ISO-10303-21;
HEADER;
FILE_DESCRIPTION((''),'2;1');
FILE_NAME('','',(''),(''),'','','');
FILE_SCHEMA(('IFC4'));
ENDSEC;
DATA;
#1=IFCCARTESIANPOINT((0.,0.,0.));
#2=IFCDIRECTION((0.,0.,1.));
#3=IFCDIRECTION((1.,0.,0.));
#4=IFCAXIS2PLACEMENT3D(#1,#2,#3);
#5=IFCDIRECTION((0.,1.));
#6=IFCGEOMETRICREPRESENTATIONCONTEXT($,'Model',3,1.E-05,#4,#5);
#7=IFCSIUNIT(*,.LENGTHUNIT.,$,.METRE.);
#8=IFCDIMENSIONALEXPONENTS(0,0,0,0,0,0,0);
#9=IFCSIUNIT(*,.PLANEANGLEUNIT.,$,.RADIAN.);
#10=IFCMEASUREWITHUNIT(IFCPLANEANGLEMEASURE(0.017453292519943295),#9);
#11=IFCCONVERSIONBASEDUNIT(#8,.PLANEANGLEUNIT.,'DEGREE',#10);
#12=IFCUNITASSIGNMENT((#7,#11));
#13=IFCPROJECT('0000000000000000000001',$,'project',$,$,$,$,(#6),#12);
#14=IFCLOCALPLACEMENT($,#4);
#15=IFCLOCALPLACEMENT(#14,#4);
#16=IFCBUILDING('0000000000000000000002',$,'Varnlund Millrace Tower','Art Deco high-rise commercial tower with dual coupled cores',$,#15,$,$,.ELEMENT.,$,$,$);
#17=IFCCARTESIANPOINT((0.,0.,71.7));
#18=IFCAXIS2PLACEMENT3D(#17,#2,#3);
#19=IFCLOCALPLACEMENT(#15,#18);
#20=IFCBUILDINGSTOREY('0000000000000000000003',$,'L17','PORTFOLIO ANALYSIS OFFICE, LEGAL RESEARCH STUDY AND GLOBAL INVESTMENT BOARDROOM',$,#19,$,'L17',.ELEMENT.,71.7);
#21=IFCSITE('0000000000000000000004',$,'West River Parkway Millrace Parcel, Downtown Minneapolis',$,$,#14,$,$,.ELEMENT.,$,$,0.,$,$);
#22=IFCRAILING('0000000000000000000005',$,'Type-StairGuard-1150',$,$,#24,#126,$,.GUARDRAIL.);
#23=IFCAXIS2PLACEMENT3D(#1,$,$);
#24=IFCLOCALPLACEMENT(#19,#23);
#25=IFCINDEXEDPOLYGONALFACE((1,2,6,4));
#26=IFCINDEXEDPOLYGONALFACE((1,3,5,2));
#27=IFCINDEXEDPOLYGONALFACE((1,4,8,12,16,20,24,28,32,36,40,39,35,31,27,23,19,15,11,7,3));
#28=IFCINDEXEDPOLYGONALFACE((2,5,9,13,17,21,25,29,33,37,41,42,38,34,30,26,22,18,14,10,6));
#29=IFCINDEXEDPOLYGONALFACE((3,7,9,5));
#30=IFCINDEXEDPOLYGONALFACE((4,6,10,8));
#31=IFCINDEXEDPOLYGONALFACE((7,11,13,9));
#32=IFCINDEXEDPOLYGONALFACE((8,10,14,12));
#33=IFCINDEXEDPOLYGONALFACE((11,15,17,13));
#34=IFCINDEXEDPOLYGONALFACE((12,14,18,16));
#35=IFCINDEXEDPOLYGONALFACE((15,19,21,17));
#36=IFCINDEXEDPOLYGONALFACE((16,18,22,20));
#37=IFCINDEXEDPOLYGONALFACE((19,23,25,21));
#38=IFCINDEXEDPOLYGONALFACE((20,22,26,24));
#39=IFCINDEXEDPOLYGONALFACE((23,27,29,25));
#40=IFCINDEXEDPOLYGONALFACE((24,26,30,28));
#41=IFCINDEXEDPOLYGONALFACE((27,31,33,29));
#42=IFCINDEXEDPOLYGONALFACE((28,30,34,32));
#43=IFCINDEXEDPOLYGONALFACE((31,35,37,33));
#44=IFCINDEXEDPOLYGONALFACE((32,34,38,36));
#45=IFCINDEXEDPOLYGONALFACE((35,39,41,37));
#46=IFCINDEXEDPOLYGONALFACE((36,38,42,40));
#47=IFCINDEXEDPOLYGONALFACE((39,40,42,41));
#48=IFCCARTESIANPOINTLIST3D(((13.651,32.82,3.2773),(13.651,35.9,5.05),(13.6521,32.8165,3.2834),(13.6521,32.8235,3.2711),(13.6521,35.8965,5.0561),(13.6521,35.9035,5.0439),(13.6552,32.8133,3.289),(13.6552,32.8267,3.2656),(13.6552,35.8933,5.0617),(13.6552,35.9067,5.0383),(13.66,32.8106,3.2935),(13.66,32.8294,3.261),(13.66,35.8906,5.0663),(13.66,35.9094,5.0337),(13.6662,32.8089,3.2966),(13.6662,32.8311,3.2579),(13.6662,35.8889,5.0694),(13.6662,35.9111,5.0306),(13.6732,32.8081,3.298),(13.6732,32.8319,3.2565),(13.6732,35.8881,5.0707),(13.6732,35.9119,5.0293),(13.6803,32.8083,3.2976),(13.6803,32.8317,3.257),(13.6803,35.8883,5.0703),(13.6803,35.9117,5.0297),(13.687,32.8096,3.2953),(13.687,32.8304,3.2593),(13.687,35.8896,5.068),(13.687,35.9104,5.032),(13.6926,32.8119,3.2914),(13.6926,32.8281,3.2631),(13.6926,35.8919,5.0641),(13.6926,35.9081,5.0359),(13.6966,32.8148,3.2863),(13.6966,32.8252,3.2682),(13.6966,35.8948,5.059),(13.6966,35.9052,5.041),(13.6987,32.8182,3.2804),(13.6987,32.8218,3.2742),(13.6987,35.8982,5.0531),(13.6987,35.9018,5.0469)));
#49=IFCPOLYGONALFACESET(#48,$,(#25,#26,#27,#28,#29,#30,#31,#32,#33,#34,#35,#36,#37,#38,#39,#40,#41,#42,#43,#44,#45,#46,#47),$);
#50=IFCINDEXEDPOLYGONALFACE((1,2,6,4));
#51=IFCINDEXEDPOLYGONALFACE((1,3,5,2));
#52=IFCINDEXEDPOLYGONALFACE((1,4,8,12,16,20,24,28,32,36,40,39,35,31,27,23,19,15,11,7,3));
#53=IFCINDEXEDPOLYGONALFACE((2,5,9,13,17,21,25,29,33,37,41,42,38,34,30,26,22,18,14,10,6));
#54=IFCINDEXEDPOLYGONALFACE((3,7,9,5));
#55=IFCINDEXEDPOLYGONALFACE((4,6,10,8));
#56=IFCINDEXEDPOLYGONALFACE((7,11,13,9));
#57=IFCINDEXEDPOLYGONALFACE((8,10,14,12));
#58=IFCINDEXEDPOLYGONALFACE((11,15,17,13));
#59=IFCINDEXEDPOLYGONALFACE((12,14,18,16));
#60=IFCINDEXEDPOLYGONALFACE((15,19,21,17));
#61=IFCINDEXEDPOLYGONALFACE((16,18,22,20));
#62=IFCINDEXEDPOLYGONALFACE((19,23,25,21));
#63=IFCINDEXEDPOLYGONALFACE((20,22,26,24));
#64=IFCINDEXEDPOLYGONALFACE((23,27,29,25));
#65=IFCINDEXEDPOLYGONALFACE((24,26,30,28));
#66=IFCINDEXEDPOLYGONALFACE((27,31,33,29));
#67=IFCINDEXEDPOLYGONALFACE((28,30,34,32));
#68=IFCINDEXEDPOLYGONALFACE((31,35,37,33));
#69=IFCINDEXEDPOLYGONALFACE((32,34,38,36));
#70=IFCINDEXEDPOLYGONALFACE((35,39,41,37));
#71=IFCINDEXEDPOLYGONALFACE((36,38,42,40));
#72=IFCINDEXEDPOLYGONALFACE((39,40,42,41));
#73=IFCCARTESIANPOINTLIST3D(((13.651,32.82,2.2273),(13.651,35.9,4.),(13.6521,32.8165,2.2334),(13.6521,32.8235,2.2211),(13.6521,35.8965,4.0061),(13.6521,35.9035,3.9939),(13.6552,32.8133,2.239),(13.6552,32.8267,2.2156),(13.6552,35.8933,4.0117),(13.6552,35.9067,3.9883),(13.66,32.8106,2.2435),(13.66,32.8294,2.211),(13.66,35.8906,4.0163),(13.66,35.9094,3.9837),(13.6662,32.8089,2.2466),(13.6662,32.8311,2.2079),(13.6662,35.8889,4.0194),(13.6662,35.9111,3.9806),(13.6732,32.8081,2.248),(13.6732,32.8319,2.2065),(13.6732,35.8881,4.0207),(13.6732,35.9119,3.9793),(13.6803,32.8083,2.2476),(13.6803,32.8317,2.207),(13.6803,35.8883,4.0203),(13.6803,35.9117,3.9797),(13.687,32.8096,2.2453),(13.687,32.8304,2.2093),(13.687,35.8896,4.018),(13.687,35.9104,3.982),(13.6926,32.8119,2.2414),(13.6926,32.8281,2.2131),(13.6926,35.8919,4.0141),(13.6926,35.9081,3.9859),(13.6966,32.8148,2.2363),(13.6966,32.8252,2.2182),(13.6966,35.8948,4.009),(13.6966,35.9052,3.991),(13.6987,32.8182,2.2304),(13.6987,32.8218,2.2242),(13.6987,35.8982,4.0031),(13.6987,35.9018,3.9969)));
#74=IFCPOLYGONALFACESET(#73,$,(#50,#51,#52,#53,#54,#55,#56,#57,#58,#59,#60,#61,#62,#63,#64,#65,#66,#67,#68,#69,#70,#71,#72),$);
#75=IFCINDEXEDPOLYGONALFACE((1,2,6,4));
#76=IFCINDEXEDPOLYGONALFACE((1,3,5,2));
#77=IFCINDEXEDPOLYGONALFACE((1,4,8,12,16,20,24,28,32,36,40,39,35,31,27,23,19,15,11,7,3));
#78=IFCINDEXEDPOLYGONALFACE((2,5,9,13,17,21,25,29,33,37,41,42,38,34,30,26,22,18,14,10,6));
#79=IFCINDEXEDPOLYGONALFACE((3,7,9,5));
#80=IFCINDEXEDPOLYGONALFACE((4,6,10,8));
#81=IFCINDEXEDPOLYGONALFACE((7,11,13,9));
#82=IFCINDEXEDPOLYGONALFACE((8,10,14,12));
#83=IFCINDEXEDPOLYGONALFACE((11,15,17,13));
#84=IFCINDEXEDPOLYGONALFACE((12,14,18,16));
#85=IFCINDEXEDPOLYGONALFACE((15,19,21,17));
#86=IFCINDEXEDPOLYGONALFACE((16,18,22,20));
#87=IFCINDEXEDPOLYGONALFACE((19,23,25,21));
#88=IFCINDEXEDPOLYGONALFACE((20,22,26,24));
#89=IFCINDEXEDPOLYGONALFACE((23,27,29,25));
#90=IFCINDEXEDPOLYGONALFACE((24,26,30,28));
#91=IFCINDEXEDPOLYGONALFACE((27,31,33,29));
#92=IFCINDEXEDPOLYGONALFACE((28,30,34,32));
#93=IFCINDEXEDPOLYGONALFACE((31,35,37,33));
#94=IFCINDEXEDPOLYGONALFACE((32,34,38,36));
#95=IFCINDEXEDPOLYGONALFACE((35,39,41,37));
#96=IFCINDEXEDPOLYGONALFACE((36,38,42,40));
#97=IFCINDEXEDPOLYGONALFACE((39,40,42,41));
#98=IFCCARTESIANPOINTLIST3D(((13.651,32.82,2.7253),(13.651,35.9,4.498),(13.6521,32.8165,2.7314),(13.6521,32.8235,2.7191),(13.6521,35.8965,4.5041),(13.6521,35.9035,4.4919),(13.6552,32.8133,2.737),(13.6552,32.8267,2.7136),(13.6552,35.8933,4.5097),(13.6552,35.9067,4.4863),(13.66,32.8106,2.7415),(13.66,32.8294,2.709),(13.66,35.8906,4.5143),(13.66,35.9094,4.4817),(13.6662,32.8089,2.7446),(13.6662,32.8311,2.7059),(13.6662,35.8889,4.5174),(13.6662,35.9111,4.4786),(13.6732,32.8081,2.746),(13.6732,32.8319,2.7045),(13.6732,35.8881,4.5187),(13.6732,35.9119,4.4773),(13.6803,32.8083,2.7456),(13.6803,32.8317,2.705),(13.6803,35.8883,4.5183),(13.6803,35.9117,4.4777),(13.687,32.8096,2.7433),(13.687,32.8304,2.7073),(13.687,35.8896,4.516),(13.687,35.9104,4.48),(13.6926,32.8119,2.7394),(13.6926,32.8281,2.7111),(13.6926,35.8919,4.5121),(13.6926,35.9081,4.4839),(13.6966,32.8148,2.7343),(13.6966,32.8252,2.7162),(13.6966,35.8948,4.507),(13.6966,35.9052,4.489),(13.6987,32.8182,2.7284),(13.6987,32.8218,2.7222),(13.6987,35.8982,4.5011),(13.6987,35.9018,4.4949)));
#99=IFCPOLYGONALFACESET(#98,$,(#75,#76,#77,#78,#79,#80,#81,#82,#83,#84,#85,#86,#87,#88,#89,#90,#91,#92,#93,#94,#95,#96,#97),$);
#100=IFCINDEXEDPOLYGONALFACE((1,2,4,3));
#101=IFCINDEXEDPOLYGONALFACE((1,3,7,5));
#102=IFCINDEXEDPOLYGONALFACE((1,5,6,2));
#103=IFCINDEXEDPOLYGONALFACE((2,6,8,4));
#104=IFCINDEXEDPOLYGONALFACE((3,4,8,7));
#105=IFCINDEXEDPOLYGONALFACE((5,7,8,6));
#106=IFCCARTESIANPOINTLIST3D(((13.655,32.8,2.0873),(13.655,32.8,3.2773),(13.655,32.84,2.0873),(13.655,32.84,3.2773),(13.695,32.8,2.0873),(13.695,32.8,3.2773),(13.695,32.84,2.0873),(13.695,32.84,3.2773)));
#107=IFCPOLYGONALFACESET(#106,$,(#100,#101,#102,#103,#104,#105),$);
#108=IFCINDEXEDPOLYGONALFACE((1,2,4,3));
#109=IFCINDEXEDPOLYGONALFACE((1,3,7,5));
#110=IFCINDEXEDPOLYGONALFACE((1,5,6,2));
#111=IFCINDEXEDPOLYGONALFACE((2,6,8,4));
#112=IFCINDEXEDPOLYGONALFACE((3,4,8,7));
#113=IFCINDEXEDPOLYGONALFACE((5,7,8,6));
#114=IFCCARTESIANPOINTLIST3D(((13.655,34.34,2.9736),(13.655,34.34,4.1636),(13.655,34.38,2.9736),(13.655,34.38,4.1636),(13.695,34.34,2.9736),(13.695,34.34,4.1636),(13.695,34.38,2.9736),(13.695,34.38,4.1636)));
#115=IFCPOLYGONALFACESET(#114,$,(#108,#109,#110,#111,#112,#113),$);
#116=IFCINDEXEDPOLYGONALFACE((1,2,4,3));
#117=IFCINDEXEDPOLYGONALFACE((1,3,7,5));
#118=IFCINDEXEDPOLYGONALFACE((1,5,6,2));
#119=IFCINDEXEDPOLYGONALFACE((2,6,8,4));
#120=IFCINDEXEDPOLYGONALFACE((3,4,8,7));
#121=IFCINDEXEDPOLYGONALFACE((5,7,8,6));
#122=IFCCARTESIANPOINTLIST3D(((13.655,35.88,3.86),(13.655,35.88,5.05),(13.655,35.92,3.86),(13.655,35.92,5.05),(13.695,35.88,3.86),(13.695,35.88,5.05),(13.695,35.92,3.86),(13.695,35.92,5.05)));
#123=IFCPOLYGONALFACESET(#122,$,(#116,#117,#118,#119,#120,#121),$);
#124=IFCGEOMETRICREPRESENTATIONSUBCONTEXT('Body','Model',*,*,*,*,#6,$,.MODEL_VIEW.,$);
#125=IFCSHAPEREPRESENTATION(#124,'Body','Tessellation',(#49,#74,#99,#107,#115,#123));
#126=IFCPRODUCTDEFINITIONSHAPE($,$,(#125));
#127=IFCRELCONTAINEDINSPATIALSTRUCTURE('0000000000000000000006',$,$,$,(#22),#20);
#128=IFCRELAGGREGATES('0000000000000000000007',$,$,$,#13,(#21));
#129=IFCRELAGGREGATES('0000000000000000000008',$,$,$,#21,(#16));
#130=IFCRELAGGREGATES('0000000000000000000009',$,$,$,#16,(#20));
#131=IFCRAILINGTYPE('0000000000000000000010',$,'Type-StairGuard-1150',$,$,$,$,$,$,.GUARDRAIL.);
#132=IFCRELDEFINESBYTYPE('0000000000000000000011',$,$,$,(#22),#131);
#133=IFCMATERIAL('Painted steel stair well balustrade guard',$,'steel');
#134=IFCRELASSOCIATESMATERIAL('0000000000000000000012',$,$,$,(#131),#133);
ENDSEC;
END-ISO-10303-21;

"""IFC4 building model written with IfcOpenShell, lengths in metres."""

from ifc_helpers import new_model, entity, si_unit, converted_unit, direction, frame, origin_with_axes, origin_2d_with_axis, place, context, subcontext, project, spatial, rectangle, circle, extrude, material, type_object, element, save


model = new_model("IFC4")

# Units and contexts
model_context = context("Model", 3, precision=1e-05, world=origin_with_axes(), true_north=direction((0.0, 1.0)))
body_context = subcontext(model_context, "Body", "Model", "MODEL_VIEW")
ifc_project = project(units=[si_unit("LENGTHUNIT", "METRE"), converted_unit("PLANEANGLEUNIT", "DEGREE", entity("IfcPlaneAngleMeasure", 0.017453292519943295), si_unit("PLANEANGLEUNIT", "RADIAN"), dimensions=[0, 0, 0, 0, 0, 0, 0])], contexts=[model_context])

# Site, building, storey
site_placement = place(None, origin_with_axes())
site = spatial("IfcSite", under=ifc_project, at=site_placement, Name="West River Parkway Millrace Parcel, Downtown Minneapolis", CompositionType="ELEMENT", RefElevation=0.0)
building_placement = place(site_placement, origin_with_axes())
building = spatial("IfcBuilding", under=site, at=building_placement, Name="Varnlund Millrace Tower", Description="Art Deco high-rise commercial tower with dual coupled cores", CompositionType="ELEMENT")
storey_placement = place(building_placement, frame((0.0, 0.0, 71.7), z_axis=(0.0, 0.0, 1.0), x_axis=(1.0, 0.0, 0.0)))
storey = spatial("IfcBuildingStorey", under=building, at=storey_placement, Name="L17", Description="PORTFOLIO ANALYSIS OFFICE, LEGAL RESEARCH STUDY AND GLOBAL INVESTMENT BOARDROOM", LongName="L17", CompositionType="ELEMENT", Elevation=71.7)

# Railing
ifc_material_1 = material(Name="Painted steel stair well balustrade guard", Category="steel")
railing_type_1 = type_object("IfcRailingType", Name="Type-StairGuard-1150", PredefinedType="GUARDRAIL", material=ifc_material_1)
railing_1_placement = place(storey_placement, frame((0.0, 0.0, -71.7), z_axis=(0.0, 0.0, 1.0), x_axis=(1.0, 0.0, 0.0)))
element("IfcRailing", 1, at=railing_1_placement, inside=storey, type_object=railing_type_1, Name="Type-StairGuard-1150", PredefinedType="GUARDRAIL", context=body_context, shape_type="SweptSolid", body=[
    extrude(circle(Radius=0.024, at=origin_2d_with_axis()), frame((13.675, 32.82, 74.9773), z_axis=(0.0, 0.866696, 0.498836), x_axis=(-1.0, 0.0, 0.0)), (0.0, 0.0, 1.0), 3.5537),
    extrude(circle(Radius=0.024, at=origin_2d_with_axis()), frame((13.675, 32.82, 73.9273), z_axis=(0.0, 0.866696, 0.498836), x_axis=(-1.0, 0.0, 0.0)), (0.0, 0.0, 1.0), 3.5537),
    extrude(circle(Radius=0.024, at=origin_2d_with_axis()), frame((13.675, 32.82, 74.4253), z_axis=(0.0, 0.866696, 0.498836), x_axis=(-1.0, 0.0, 0.0)), (0.0, 0.0, 1.0), 3.5537),
    extrude(rectangle(XDim=0.04, YDim=0.04, at=origin_2d_with_axis()), frame((13.675, 32.82, 73.7873), z_axis=(0.0, 0.0, 1.0), x_axis=(1.0, 0.0, 0.0)), (0.0, 0.0, 1.0), 1.19),
    extrude(rectangle(XDim=0.04, YDim=0.04, at=origin_2d_with_axis()), frame((13.675, 34.36, 74.6736), z_axis=(0.0, 0.0, 1.0), x_axis=(1.0, 0.0, 0.0)), (0.0, 0.0, 1.0), 1.19),
    extrude(rectangle(XDim=0.04, YDim=0.04, at=origin_2d_with_axis()), frame((13.675, 35.9, 75.56), z_axis=(0.0, 0.0, 1.0), x_axis=(1.0, 0.0, 0.0)), (0.0, 0.0, 1.0), 1.19),
])

save(model, "model.ifc")
